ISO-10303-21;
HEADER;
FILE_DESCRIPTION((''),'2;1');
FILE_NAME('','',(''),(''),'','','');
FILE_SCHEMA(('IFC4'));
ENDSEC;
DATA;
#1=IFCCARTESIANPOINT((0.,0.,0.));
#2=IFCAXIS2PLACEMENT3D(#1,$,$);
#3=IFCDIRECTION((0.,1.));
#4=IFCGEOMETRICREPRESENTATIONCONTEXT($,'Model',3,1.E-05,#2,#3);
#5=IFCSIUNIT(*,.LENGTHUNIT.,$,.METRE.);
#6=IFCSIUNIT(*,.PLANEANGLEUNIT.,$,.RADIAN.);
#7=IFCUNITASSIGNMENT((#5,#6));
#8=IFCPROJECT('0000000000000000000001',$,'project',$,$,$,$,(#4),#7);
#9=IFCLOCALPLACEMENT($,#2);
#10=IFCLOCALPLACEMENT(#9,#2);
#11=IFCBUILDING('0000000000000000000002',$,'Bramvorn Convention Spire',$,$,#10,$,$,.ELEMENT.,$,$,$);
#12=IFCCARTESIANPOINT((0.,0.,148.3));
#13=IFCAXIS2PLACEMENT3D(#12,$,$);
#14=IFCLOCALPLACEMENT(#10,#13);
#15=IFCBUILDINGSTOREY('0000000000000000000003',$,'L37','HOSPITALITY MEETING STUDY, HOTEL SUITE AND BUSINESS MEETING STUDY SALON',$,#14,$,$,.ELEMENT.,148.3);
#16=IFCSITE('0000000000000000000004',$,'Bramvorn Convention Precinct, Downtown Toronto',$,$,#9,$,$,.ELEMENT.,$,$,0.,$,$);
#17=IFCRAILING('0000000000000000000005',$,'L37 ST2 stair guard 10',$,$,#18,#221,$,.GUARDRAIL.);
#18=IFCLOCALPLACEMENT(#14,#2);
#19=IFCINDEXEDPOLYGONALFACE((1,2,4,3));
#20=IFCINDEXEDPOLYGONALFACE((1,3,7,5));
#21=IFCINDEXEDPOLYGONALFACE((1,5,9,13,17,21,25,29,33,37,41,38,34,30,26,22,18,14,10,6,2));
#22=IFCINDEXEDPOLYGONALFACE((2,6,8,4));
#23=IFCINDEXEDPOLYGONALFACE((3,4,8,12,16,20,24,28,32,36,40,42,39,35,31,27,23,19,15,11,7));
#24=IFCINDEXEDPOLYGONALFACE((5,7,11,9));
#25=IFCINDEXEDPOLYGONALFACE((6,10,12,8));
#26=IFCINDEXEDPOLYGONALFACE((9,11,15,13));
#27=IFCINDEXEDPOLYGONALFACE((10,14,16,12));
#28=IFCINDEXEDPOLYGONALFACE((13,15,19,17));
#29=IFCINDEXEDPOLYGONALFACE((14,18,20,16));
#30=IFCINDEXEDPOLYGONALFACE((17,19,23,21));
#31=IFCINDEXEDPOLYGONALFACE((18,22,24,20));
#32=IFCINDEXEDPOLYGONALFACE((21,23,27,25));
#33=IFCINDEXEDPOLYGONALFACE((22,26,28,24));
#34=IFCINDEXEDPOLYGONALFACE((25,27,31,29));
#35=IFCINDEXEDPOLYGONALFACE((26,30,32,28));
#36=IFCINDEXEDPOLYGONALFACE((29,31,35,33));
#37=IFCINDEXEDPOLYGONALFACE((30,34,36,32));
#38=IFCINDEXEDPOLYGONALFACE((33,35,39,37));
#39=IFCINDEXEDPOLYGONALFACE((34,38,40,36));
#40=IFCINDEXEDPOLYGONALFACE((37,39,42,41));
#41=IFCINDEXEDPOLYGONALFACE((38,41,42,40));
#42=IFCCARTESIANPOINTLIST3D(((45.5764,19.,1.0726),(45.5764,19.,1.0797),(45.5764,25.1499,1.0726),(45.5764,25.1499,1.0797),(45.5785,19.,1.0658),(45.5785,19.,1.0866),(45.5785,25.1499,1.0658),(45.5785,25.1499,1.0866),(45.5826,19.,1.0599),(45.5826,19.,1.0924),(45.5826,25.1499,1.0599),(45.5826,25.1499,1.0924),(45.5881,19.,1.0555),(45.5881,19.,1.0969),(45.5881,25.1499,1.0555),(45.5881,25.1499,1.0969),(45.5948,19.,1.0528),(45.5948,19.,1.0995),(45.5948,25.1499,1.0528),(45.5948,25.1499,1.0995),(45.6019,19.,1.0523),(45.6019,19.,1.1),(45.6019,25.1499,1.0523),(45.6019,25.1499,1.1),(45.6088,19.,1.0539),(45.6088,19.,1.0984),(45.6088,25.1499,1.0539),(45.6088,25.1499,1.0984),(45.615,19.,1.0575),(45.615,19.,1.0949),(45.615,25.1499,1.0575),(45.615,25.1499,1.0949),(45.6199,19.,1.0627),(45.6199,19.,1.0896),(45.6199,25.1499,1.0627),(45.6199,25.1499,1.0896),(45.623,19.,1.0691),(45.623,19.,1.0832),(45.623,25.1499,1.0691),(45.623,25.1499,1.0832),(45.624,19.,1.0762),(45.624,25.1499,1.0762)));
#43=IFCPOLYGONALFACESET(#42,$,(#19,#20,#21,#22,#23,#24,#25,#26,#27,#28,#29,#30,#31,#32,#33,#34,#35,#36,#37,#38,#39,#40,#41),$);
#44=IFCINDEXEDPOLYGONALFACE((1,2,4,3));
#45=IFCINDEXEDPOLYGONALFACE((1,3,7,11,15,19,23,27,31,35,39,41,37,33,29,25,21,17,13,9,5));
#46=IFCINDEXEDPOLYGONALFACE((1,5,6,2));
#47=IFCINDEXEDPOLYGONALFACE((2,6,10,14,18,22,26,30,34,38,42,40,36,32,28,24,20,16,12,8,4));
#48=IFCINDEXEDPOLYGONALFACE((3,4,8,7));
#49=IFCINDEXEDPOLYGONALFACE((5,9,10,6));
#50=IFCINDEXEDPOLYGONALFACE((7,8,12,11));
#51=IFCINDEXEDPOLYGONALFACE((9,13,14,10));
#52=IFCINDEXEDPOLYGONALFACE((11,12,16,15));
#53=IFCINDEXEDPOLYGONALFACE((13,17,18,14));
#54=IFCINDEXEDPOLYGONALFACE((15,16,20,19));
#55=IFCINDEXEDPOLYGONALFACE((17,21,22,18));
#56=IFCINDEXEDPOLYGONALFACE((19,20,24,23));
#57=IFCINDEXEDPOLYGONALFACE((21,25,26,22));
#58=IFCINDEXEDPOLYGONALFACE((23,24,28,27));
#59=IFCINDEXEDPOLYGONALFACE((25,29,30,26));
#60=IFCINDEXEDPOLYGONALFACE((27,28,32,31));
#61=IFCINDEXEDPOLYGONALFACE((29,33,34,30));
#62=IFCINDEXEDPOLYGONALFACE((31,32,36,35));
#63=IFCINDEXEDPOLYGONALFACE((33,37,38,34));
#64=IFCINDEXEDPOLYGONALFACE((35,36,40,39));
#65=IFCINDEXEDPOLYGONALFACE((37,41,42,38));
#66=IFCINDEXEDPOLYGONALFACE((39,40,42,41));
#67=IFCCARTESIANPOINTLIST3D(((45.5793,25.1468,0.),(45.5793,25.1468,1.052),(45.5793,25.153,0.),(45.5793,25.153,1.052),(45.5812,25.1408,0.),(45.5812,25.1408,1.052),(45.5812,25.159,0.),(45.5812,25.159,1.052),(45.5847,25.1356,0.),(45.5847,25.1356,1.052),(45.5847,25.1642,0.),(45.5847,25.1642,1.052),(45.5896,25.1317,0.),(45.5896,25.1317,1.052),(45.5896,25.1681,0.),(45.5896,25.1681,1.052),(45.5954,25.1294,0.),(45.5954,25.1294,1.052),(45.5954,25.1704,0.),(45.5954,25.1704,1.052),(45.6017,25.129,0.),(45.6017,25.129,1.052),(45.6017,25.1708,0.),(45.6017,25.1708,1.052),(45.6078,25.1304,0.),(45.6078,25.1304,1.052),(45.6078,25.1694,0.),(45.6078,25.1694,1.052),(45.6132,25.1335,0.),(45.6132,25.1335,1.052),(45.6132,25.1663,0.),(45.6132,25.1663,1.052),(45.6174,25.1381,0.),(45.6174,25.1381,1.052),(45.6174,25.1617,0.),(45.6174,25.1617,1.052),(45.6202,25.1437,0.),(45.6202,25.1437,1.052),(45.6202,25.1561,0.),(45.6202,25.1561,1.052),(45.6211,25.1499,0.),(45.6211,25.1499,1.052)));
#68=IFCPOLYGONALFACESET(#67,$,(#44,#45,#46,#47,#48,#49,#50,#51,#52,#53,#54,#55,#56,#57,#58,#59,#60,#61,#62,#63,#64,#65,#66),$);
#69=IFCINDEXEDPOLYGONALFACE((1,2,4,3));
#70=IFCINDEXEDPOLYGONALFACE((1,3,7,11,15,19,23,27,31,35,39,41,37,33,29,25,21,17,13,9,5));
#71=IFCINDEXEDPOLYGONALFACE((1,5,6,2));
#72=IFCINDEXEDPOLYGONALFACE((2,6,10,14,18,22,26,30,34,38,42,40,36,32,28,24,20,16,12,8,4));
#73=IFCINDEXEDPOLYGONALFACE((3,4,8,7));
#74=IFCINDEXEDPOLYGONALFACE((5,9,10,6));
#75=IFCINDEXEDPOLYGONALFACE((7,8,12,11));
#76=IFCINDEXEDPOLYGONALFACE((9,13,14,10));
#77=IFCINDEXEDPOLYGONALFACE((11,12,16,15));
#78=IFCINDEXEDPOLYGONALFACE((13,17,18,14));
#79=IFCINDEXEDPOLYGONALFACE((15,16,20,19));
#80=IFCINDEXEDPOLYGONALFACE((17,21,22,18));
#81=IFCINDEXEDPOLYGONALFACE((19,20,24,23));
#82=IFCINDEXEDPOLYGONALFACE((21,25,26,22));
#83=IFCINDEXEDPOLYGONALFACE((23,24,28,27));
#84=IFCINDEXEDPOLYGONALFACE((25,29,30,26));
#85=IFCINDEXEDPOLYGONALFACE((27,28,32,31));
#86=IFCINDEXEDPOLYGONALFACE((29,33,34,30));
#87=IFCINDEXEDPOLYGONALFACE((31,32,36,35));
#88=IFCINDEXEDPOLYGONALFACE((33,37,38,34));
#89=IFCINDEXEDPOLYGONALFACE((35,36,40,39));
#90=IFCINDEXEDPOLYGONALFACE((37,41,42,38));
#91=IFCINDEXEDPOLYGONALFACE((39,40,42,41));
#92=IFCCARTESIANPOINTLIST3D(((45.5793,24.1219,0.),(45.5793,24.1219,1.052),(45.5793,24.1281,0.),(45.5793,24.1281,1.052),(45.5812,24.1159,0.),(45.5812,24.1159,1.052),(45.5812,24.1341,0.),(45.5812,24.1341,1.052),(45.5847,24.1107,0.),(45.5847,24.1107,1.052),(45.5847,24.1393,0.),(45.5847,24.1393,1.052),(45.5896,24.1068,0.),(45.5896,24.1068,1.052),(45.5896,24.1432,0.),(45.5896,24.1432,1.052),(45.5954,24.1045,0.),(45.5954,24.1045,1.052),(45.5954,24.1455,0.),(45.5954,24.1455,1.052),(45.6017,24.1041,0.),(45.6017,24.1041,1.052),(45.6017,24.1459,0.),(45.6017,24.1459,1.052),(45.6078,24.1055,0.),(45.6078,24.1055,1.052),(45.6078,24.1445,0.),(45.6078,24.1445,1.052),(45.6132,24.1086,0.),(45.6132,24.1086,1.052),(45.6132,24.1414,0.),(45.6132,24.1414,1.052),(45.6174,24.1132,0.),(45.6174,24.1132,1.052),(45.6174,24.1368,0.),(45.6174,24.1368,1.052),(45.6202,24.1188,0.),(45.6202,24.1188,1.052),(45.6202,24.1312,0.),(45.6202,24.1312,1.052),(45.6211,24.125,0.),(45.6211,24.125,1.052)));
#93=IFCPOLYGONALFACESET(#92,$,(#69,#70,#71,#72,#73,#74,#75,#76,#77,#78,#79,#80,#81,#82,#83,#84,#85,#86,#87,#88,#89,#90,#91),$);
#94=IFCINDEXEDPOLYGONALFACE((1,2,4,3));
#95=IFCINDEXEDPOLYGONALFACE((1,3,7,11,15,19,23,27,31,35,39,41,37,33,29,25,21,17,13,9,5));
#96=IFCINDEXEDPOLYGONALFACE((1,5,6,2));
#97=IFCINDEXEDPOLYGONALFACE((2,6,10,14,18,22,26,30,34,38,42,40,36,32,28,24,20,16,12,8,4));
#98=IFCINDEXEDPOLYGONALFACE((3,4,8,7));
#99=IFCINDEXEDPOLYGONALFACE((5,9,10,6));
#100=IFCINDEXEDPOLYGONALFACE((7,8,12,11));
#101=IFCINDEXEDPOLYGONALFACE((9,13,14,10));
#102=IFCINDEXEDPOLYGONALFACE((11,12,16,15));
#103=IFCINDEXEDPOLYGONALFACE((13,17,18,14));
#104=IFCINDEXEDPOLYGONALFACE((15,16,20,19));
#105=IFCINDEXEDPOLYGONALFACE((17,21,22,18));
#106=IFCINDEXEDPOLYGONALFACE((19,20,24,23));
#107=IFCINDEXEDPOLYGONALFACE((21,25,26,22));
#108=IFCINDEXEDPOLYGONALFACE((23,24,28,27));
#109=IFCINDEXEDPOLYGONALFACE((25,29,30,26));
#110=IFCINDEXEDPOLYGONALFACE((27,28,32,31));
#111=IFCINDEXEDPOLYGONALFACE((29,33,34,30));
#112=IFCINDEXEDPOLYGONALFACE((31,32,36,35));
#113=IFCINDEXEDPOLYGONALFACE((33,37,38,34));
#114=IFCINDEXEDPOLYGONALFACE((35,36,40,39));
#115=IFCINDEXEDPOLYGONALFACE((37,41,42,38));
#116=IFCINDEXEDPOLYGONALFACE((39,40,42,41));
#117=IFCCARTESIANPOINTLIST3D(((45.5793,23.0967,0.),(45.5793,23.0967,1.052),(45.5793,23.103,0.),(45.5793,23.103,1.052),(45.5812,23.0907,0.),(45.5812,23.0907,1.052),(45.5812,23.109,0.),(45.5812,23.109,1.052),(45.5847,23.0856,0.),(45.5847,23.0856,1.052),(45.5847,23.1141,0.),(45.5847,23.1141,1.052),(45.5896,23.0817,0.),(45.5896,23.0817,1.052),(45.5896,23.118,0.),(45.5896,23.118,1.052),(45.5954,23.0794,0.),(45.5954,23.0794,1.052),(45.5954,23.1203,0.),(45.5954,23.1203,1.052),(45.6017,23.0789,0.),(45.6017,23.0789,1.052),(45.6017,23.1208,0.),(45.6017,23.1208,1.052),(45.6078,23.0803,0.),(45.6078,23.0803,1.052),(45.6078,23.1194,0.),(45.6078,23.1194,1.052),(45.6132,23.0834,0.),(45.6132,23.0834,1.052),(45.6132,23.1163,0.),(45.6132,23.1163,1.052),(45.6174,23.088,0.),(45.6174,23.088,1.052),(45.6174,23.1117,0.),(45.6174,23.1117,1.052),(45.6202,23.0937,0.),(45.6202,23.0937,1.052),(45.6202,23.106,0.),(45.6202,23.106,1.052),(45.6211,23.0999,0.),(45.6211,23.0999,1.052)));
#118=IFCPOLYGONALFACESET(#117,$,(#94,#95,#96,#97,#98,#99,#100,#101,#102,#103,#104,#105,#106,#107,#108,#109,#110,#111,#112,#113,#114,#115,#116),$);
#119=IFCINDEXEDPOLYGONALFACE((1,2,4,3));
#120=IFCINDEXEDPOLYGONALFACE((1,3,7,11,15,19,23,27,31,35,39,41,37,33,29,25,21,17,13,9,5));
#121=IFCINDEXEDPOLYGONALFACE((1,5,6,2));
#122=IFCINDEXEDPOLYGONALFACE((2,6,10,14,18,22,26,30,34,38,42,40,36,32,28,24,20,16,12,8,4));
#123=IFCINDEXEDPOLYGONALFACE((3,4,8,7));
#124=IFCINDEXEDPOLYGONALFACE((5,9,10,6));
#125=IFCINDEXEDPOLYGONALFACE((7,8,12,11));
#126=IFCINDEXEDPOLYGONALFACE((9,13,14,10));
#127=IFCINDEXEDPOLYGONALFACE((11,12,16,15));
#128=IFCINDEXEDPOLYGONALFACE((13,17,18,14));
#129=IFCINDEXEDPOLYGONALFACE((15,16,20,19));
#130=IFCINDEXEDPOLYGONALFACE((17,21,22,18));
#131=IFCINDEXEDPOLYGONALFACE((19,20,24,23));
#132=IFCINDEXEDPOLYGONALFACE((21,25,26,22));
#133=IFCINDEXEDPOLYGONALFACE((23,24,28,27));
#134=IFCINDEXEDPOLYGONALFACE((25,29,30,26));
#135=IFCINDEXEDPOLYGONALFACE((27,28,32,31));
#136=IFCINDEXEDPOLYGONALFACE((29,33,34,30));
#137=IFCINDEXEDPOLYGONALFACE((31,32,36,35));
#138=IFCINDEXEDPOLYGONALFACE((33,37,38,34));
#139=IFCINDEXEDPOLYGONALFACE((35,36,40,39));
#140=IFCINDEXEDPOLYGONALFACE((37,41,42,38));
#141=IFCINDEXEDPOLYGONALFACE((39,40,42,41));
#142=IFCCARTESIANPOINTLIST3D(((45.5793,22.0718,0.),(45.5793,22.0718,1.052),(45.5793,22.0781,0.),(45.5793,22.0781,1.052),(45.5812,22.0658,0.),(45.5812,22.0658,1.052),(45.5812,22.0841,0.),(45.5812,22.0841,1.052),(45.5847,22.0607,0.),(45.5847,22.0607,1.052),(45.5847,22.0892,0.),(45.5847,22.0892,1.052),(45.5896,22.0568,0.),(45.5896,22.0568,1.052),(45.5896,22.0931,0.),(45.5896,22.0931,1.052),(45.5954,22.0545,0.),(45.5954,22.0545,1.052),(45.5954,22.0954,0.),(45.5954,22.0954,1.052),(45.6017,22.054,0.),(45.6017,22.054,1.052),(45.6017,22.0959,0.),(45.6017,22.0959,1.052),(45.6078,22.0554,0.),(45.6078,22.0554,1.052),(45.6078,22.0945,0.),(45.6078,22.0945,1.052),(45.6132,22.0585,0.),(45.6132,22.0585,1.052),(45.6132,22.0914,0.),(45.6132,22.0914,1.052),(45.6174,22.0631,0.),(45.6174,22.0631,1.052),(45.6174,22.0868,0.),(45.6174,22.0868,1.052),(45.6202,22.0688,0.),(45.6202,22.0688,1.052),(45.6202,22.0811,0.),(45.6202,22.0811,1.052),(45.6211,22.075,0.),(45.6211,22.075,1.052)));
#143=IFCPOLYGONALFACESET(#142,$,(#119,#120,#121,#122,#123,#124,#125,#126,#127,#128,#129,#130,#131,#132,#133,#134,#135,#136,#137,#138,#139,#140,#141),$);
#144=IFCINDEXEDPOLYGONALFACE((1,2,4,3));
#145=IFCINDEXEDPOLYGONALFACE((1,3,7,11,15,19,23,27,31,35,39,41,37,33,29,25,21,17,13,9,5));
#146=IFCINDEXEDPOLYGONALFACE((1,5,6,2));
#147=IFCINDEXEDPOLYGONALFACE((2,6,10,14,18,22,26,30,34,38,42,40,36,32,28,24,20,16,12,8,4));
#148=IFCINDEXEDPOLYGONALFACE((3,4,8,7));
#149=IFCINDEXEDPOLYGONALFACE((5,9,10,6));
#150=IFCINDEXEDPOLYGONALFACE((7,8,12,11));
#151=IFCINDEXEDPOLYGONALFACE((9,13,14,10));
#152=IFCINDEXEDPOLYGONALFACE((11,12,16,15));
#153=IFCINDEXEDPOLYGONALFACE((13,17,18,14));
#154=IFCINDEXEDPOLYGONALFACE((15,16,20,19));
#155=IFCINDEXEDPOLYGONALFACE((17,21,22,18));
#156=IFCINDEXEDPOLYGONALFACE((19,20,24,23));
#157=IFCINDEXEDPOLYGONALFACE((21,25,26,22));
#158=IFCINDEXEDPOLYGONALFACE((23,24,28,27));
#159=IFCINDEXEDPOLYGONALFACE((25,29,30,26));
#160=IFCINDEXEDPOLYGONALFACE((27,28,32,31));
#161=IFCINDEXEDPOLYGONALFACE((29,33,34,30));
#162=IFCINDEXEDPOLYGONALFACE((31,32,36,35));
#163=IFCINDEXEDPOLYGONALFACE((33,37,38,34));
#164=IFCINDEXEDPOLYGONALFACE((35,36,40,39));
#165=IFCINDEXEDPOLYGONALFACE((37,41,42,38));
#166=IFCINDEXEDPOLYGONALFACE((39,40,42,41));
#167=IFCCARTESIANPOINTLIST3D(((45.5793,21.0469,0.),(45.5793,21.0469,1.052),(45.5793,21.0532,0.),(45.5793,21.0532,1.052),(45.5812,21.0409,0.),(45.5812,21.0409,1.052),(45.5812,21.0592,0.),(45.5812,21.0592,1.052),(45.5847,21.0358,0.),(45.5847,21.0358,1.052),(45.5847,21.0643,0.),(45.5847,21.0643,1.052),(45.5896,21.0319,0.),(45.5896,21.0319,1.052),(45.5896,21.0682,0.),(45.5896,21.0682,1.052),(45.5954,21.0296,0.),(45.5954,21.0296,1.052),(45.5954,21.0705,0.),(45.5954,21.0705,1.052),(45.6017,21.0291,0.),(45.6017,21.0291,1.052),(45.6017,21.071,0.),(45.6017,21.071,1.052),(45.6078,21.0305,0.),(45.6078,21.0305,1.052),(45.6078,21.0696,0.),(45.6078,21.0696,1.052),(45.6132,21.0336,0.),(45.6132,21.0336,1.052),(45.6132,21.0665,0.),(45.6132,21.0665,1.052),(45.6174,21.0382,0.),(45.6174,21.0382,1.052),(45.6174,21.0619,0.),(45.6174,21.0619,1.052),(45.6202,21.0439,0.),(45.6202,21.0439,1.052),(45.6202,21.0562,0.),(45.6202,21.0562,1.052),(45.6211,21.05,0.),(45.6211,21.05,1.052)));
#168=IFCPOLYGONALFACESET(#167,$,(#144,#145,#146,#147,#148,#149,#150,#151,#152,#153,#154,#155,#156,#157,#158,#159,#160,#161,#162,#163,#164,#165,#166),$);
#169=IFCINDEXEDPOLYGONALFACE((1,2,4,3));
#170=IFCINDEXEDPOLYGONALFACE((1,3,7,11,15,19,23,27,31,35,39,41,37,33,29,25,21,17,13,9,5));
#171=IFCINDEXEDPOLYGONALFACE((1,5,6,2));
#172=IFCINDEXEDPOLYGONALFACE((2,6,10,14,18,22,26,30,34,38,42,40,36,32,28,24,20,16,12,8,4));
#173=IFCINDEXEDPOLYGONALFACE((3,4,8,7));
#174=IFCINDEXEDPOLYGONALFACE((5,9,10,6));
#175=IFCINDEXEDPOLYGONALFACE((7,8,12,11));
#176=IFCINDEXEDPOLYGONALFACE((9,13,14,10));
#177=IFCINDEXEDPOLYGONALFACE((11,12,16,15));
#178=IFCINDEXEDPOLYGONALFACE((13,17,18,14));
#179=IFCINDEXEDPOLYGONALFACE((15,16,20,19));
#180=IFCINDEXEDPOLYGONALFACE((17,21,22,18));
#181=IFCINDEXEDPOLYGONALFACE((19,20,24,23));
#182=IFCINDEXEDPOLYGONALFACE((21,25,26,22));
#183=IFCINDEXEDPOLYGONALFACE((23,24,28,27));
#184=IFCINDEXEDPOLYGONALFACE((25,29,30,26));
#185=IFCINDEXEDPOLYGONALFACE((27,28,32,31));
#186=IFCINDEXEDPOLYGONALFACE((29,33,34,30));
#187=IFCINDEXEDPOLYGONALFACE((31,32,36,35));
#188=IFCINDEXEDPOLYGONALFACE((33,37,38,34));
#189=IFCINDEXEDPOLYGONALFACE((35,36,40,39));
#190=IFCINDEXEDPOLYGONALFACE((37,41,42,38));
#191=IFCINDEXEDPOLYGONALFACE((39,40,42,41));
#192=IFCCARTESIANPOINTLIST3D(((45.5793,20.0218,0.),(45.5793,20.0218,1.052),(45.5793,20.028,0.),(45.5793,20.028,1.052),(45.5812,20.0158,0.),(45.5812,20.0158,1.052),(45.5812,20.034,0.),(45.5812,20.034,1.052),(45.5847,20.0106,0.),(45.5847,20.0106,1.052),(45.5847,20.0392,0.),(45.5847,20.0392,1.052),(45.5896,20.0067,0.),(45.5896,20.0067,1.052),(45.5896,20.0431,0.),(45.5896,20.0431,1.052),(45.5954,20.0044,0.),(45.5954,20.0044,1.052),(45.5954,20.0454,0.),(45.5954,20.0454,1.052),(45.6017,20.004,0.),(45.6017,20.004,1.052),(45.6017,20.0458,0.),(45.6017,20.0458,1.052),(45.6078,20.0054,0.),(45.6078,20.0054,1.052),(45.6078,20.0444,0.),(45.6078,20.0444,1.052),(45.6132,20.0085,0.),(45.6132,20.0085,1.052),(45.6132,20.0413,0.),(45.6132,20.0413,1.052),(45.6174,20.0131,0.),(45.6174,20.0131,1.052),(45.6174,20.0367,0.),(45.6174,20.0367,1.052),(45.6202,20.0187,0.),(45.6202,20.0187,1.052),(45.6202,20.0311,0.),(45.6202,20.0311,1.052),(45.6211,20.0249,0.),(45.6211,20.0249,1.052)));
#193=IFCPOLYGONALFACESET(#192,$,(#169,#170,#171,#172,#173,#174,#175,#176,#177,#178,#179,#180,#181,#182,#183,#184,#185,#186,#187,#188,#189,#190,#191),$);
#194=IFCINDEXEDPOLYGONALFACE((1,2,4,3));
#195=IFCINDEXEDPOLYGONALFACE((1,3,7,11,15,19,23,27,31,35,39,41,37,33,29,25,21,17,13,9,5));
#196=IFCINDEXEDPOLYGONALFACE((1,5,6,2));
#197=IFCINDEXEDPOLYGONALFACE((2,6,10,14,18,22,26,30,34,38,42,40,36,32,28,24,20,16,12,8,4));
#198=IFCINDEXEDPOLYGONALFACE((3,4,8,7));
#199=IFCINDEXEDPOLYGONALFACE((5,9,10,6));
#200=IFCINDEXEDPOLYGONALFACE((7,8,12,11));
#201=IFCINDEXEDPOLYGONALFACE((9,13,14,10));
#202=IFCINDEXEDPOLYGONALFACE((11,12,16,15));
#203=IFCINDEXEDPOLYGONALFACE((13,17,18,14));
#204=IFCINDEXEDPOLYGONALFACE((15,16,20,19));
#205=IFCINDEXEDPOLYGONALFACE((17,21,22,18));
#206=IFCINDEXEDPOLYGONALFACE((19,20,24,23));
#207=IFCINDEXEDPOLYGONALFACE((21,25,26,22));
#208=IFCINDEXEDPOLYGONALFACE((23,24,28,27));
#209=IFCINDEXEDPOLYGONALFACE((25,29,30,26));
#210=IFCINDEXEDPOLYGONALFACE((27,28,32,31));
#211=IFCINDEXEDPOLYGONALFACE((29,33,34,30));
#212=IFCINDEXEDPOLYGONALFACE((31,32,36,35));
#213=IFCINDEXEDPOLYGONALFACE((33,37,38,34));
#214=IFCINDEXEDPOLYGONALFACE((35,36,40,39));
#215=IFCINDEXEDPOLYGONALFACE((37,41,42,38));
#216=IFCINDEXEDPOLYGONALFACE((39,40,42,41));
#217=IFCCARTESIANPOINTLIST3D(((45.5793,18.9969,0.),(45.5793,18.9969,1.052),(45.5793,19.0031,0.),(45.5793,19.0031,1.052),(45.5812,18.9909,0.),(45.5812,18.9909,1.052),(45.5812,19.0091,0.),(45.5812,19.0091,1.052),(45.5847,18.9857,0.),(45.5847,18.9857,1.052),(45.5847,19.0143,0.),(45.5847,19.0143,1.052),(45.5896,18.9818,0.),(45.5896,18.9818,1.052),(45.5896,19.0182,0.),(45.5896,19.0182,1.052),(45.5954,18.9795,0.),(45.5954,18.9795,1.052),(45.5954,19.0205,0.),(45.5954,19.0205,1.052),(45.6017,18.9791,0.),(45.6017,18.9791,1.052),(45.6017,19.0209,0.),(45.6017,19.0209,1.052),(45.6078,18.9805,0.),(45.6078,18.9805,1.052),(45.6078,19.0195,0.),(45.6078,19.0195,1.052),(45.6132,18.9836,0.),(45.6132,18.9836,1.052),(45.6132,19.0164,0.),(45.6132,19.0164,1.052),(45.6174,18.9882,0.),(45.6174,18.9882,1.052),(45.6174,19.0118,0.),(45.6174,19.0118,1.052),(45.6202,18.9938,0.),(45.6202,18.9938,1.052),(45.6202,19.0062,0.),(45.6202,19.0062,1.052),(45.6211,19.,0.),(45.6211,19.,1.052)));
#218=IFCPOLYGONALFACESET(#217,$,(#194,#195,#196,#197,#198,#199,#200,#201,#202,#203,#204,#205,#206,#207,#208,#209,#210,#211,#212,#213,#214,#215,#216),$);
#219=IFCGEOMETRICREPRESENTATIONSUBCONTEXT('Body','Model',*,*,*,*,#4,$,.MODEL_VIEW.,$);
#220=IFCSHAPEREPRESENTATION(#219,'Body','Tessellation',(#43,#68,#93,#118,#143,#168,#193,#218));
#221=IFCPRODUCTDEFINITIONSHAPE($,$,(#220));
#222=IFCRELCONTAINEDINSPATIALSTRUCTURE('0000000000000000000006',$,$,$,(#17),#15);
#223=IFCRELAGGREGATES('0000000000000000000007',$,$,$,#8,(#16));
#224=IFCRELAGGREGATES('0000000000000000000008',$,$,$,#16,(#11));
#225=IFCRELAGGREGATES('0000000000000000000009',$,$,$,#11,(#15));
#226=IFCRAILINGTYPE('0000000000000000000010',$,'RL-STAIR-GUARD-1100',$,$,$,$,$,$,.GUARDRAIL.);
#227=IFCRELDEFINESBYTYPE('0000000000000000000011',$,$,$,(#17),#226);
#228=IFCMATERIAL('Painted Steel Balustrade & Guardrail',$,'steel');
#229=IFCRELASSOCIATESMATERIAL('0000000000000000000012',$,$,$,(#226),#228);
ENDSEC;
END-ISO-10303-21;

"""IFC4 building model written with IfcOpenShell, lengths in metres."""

from ifc_helpers import new_model, si_unit, direction, frame, origin, origin_2d, place, context, subcontext, project, spatial, circle, extrude, material, type_object, element, save


model = new_model("IFC4")

# Units and contexts
model_context = context("Model", 3, precision=1e-05, world=origin(), true_north=direction((0.0, 1.0)))
body_context = subcontext(model_context, "Body", "Model", "MODEL_VIEW")
ifc_project = project(units=[si_unit("LENGTHUNIT", "METRE"), si_unit("PLANEANGLEUNIT", "RADIAN")], contexts=[model_context])

# Site, building, storey
site_placement = place(None, origin())
site = spatial("IfcSite", under=ifc_project, at=site_placement, Name="Bramvorn Convention Precinct, Downtown Toronto", CompositionType="ELEMENT", RefElevation=0.0)
building_placement = place(site_placement, origin())
building = spatial("IfcBuilding", under=site, at=building_placement, Name="Bramvorn Convention Spire", CompositionType="ELEMENT")
storey_placement = place(building_placement, frame((0.0, 0.0, 148.3)))
storey = spatial("IfcBuildingStorey", under=building, at=storey_placement, Name="L37", Description="HOSPITALITY MEETING STUDY, HOTEL SUITE AND BUSINESS MEETING STUDY SALON", CompositionType="ELEMENT", Elevation=148.3)

# Railing
ifc_material_1 = material(Name="Painted Steel Balustrade & Guardrail", Category="steel")
railing_type_1 = type_object("IfcRailingType", Name="RL-STAIR-GUARD-1100", PredefinedType="GUARDRAIL", material=ifc_material_1)
railing_1_placement = place(storey_placement, frame((45.6001, 25.1499, 0.0)))
element("IfcRailing", 1, at=railing_1_placement, inside=storey, type_object=railing_type_1, Name="L37 ST2 stair guard 10", PredefinedType="GUARDRAIL", context=body_context, shape_type="SweptSolid", body=[
    extrude(circle(Radius=0.0239, at=origin_2d()), frame((0.0, 0.0, 1.0762), z_axis=(0.0, -1.0, 0.0), x_axis=(1.0, 0.0, 0.0)), (0.0, 0.0, 1.0), 6.1499),
    extrude(circle(Radius=0.021, at=origin_2d()), origin(), (0.0, 0.0, 1.0), 1.052),
    extrude(circle(Radius=0.021, at=origin_2d()), frame((0.0, -1.0249, 0.0)), (0.0, 0.0, 1.0), 1.052),
    extrude(circle(Radius=0.021, at=origin_2d()), frame((0.0, -2.05, 0.0)), (0.0, 0.0, 1.0), 1.052),
    extrude(circle(Radius=0.021, at=origin_2d()), frame((0.0, -3.075, 0.0)), (0.0, 0.0, 1.0), 1.052),
    extrude(circle(Radius=0.021, at=origin_2d()), frame((0.0, -4.0999, 0.0)), (0.0, 0.0, 1.0), 1.052),
    extrude(circle(Radius=0.021, at=origin_2d()), frame((0.0, -5.125, 0.0)), (0.0, 0.0, 1.0), 1.052),
    extrude(circle(Radius=0.021, at=origin_2d()), frame((0.0, -6.1499, 0.0)), (0.0, 0.0, 1.0), 1.052),
])

save(model, "model.ifc")
